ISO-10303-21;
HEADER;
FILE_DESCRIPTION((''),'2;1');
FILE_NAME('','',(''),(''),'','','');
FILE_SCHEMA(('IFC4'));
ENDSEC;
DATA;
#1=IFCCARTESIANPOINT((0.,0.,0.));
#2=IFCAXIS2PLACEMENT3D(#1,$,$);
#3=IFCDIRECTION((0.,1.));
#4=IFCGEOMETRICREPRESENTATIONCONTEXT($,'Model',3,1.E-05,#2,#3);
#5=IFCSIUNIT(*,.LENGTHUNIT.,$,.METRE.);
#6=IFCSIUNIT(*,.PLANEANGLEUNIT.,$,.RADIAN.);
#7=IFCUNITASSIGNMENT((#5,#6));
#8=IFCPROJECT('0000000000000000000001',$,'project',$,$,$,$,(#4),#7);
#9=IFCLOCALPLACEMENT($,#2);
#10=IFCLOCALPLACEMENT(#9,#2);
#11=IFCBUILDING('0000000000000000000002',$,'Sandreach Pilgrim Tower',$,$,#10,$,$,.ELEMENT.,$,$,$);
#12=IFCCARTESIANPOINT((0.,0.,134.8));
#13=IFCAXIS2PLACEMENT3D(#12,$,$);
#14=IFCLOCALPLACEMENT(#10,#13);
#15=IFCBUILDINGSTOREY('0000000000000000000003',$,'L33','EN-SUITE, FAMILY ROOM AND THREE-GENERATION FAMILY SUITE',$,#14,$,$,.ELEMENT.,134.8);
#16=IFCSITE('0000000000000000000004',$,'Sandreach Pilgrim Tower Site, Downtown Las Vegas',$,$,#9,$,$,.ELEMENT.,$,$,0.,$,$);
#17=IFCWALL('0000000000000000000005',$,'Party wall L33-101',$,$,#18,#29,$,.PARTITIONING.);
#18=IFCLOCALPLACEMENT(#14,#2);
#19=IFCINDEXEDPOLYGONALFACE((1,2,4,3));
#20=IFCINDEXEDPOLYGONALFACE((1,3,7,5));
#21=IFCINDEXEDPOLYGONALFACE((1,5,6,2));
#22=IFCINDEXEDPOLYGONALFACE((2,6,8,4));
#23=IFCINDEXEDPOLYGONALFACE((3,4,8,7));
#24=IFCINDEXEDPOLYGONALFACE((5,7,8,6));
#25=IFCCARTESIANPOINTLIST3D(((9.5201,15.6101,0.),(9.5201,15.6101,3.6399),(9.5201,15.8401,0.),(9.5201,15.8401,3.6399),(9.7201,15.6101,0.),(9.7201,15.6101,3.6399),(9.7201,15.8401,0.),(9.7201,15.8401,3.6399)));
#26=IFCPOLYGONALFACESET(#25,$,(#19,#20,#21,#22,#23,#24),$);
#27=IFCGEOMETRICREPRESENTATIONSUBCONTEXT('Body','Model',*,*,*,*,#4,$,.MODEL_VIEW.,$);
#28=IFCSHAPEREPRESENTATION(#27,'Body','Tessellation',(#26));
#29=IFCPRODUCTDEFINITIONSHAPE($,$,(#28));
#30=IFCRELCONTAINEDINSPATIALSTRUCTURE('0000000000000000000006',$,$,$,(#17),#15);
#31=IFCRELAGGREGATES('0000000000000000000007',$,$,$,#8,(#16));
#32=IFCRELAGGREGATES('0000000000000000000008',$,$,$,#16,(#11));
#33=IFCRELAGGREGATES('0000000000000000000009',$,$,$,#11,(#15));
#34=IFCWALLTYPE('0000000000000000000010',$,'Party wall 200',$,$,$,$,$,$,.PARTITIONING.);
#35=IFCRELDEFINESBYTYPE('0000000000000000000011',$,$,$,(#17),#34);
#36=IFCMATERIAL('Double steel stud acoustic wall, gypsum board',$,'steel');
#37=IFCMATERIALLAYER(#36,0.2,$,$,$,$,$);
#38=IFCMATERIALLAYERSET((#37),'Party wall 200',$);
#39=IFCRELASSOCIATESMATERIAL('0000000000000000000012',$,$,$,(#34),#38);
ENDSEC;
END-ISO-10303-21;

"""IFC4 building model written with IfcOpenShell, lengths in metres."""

from ifc_helpers import new_model, si_unit, direction, frame, frame_2d, origin, place, context, subcontext, project, spatial, rectangle, extrude, material, layer, layer_set, type_object, element, save


model = new_model("IFC4")

# Units and contexts
model_context = context("Model", 3, precision=1e-05, world=origin(), true_north=direction((0.0, 1.0)))
body_context = subcontext(model_context, "Body", "Model", "MODEL_VIEW")
ifc_project = project(units=[si_unit("LENGTHUNIT", "METRE"), si_unit("PLANEANGLEUNIT", "RADIAN")], contexts=[model_context])

# Site, building, storey
site_placement = place(None, origin())
site = spatial("IfcSite", under=ifc_project, at=site_placement, Name="Sandreach Pilgrim Tower Site, Downtown Las Vegas", CompositionType="ELEMENT", RefElevation=0.0)
building_placement = place(site_placement, origin())
building = spatial("IfcBuilding", under=site, at=building_placement, Name="Sandreach Pilgrim Tower", CompositionType="ELEMENT")
storey_placement = place(building_placement, frame((0.0, 0.0, 134.8)))
storey = spatial("IfcBuildingStorey", under=building, at=storey_placement, Name="L33", Description="EN-SUITE, FAMILY ROOM AND THREE-GENERATION FAMILY SUITE", CompositionType="ELEMENT", Elevation=134.8)

# Wall
ifc_material_1 = material(Name="Double steel stud acoustic wall, gypsum board", Category="steel")
ifc_layer_1 = layer(ifc_material_1, 0.2)
ifc_layer_set_1 = layer_set([ifc_layer_1], Name="Party wall 200")
wall_type_1 = type_object("IfcWallType", Name="Party wall 200", PredefinedType="PARTITIONING", material=ifc_layer_set_1)
wall_1_placement = place(storey_placement, frame((9.6201, 15.8401, 0.0), z_axis=(0.0, 0.0, 1.0), x_axis=(0.0, -1.0, 0.0)))
element("IfcWall", 1, at=wall_1_placement, inside=storey, type_object=wall_type_1, Name="Party wall L33-101", PredefinedType="PARTITIONING", context=body_context, shape_type="SweptSolid", body=[
    extrude(rectangle(XDim=0.23, YDim=0.2, at=frame_2d((0.115, 0.0))), origin(), (0.0, 0.0, 1.0), 3.6399),
])

save(model, "model.ifc")
